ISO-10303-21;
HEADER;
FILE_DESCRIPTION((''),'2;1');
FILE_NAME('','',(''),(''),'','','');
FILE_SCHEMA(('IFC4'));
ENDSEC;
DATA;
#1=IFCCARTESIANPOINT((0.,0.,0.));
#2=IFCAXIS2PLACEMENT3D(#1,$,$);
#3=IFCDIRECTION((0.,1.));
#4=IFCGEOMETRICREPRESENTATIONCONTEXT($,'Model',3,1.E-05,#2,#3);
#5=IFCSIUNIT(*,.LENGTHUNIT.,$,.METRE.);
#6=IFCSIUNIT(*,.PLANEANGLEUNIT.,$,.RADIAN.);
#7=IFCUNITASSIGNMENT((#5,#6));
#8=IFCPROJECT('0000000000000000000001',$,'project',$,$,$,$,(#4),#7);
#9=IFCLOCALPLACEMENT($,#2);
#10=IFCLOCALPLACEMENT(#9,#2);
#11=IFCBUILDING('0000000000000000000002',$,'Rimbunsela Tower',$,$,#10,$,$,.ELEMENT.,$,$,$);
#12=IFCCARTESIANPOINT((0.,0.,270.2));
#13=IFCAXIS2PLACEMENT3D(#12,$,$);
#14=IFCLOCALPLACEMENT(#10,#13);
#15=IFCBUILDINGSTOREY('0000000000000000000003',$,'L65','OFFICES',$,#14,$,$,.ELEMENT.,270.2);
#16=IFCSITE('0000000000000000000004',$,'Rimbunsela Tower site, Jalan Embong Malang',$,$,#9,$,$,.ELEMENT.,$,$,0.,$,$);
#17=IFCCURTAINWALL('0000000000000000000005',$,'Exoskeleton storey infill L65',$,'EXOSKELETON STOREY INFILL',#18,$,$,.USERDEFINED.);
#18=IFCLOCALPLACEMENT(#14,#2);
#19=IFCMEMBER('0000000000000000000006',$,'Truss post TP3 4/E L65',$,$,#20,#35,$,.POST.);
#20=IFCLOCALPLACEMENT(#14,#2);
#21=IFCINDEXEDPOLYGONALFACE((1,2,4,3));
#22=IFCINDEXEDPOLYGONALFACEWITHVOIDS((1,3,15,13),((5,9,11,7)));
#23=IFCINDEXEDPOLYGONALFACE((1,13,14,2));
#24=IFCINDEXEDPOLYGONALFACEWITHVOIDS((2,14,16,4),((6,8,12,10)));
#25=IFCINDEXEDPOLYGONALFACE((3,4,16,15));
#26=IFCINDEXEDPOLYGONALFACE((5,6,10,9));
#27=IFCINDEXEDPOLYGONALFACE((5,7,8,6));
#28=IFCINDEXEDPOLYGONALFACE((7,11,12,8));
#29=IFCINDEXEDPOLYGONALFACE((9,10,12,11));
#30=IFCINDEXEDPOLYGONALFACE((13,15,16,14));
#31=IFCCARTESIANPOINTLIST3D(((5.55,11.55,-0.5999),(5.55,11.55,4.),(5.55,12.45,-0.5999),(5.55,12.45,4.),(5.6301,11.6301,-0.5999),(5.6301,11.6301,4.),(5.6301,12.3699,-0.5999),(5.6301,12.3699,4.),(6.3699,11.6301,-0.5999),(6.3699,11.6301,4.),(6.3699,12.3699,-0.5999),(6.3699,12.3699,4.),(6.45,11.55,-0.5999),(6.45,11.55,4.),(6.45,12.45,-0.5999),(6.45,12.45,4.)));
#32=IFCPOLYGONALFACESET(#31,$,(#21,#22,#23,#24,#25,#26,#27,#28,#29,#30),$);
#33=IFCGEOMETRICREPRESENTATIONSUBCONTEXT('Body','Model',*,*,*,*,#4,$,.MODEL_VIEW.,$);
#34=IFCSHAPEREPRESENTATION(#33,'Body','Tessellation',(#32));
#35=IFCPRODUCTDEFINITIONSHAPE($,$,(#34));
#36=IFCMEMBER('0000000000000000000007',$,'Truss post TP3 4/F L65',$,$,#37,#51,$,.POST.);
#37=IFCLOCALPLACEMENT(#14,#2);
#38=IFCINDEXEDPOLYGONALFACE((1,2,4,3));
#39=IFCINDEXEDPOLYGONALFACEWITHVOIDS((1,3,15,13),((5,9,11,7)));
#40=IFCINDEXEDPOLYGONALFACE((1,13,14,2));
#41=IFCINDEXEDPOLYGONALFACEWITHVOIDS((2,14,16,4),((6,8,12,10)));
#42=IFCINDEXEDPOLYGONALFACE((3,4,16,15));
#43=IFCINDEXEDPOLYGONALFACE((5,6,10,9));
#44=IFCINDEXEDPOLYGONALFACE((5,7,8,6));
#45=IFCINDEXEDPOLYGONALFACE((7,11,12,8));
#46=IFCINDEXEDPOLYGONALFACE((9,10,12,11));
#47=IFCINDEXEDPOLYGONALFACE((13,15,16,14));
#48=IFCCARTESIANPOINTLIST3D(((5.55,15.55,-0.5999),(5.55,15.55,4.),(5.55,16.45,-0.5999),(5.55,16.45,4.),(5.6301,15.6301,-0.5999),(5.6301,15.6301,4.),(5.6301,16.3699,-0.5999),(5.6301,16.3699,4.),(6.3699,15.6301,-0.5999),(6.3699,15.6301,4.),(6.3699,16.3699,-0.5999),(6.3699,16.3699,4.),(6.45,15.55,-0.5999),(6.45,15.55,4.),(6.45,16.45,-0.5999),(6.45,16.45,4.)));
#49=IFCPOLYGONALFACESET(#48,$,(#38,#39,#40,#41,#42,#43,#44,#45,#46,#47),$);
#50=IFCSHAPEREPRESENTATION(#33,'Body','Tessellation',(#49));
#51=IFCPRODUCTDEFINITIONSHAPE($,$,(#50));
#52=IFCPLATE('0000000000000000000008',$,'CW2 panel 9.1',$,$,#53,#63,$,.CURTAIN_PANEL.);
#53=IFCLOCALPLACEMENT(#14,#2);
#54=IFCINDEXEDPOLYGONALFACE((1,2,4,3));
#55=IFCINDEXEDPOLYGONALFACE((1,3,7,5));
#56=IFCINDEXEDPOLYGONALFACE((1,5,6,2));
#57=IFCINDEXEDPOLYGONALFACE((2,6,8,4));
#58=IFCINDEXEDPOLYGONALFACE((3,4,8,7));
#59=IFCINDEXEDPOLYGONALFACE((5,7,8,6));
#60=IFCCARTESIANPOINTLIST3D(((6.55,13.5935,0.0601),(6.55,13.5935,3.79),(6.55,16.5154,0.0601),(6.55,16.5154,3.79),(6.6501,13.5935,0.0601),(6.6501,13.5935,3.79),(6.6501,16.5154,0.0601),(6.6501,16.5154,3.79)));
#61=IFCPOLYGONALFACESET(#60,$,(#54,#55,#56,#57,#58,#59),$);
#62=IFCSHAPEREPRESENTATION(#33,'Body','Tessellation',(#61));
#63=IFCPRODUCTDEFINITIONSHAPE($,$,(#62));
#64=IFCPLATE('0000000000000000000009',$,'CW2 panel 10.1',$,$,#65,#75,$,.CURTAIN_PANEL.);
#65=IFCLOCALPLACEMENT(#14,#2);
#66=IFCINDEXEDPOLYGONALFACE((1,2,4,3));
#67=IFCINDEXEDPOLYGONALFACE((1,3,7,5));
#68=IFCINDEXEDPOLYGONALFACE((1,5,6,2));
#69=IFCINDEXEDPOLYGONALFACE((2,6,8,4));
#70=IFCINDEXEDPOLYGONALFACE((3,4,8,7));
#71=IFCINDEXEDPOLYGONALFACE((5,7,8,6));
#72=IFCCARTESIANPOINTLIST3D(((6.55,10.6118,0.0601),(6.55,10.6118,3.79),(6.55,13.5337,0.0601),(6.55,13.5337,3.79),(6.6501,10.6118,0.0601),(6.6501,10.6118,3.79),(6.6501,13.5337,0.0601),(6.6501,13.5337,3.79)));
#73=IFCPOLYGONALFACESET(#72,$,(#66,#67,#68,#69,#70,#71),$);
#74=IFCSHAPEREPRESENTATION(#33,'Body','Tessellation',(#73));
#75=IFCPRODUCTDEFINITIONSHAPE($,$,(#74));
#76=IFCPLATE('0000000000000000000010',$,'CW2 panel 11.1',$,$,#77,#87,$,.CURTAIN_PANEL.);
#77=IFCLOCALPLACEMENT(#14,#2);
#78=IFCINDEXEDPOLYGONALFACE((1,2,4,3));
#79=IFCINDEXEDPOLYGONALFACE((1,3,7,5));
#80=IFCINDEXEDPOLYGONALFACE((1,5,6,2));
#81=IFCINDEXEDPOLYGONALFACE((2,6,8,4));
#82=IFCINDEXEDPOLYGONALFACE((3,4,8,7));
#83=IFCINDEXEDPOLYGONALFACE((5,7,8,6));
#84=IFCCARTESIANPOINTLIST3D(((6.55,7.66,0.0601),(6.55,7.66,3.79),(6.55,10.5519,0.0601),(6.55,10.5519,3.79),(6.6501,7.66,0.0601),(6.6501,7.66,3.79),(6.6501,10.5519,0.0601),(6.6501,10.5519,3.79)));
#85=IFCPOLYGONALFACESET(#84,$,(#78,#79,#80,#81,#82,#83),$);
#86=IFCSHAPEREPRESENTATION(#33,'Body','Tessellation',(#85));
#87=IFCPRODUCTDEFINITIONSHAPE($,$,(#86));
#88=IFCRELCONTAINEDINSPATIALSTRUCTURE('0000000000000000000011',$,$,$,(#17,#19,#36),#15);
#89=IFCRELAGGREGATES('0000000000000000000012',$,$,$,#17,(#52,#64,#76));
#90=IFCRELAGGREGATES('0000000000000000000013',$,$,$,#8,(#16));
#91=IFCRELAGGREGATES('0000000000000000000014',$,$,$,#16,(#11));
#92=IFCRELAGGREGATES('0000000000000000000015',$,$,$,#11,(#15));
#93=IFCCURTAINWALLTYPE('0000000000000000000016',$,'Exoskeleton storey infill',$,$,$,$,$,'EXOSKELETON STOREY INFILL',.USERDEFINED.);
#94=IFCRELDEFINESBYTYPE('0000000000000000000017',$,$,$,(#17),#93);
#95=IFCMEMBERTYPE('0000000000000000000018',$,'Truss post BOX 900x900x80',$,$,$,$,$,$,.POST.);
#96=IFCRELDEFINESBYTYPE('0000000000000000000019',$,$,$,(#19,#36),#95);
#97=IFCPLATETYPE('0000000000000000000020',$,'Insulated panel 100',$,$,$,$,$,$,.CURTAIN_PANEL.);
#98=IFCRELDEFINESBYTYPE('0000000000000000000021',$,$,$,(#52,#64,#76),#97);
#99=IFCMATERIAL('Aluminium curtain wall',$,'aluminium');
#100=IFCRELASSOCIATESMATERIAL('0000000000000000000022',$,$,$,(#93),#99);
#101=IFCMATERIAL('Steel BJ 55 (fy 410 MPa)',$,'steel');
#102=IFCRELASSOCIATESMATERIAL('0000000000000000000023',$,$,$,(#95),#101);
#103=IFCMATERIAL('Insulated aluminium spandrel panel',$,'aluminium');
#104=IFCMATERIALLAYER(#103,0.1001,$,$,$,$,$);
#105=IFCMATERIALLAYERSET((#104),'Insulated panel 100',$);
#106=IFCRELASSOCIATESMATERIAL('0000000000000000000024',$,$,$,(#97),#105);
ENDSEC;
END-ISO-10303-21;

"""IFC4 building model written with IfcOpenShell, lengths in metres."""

from ifc_helpers import new_model, si_unit, direction, frame, origin, origin_2d, place, context, subcontext, project, spatial, rectangle, hollow_rectangle, extrude, material, layer, layer_set, material_profile, profile_set, type_object, element, aggregate, save


model = new_model("IFC4")

# Units and contexts
model_context = context("Model", 3, precision=1e-05, world=origin(), true_north=direction((0.0, 1.0)))
body_context = subcontext(model_context, "Body", "Model", "MODEL_VIEW")
ifc_project = project(units=[si_unit("LENGTHUNIT", "METRE"), si_unit("PLANEANGLEUNIT", "RADIAN")], contexts=[model_context])

# Site, building, storey
site_placement = place(None, origin())
site = spatial("IfcSite", under=ifc_project, at=site_placement, Name="Rimbunsela Tower site, Jalan Embong Malang", CompositionType="ELEMENT", RefElevation=0.0)
building_placement = place(site_placement, origin())
building = spatial("IfcBuilding", under=site, at=building_placement, Name="Rimbunsela Tower", CompositionType="ELEMENT")
storey_placement = place(building_placement, frame((0.0, 0.0, 270.2)))
storey = spatial("IfcBuildingStorey", under=building, at=storey_placement, Name="L65", Description="OFFICES", CompositionType="ELEMENT", Elevation=270.2)

# Curtain wall
ifc_material_1 = material(Name="Aluminium curtain wall", Category="aluminium")
curtain_wall_type = type_object("IfcCurtainWallType", Name="Exoskeleton storey infill", ElementType="EXOSKELETON STOREY INFILL", PredefinedType="USERDEFINED", material=ifc_material_1)
curtain_wall_placement = place(storey_placement, origin())
curtain_wall = element("IfcCurtainWall", 1, at=curtain_wall_placement, inside=storey, type_object=curtain_wall_type, Name="Exoskeleton storey infill L65", ObjectType="EXOSKELETON STOREY INFILL", PredefinedType="USERDEFINED")

# Members
ifc_material_2 = material(Name="Steel BJ 55 (fy 410 MPa)", Category="steel")
ifc_material_profile_1 = material_profile(ifc_material_2, hollow_rectangle(XDim=0.8999, YDim=0.8999, WallThickness=0.0801, at=origin_2d()), Name="BOX 900x900x80")
ifc_profile_set_1 = profile_set([ifc_material_profile_1], Name="Steel BJ 55 (fy 410 MPa)")
member_type_1 = type_object("IfcMemberType", Name="Truss post BOX 900x900x80", PredefinedType="POST", material=ifc_profile_set_1)
for number, where, z_axis, x_axis, name in (
    (2, (6.0, 12.0, -0.5999), (0.0, 0.0, 1.0), (1.0, 0.0, 0.0), "Truss post TP3 4/E L65"),
    (3, (6.0, 16.0, -0.5999), (0.0, 0.0, 1.0), (1.0, 0.0, 0.0), "Truss post TP3 4/F L65"),
):
    element("IfcMember", number, at=place(storey_placement, frame(where, z_axis=z_axis, x_axis=x_axis)), inside=storey, type_object=member_type_1, Name=name, PredefinedType="POST", context=body_context, shape_type="SweptSolid", body=[
        extrude(hollow_rectangle(XDim=0.8999, YDim=0.8999, WallThickness=0.0801, at=origin_2d()), origin(), (0.0, 0.0, 1.0), 4.5999),
    ])

# Plates
ifc_material_3 = material(Name="Insulated aluminium spandrel panel", Category="aluminium")
ifc_layer = layer(ifc_material_3, 0.1001)
ifc_layer_set = layer_set([ifc_layer], Name="Insulated panel 100")
plate_type = type_object("IfcPlateType", Name="Insulated panel 100", PredefinedType="CURTAIN_PANEL", material=ifc_layer_set)
plate_1_placement = place(storey_placement, frame((6.6001, 15.0544, 0.0601), z_axis=(0.0, 0.0, 1.0), x_axis=(0.0, -1.0, 0.0)))
plate_1 = element("IfcPlate", 4, at=plate_1_placement, type_object=plate_type, Name="CW2 panel 9.1", PredefinedType="CURTAIN_PANEL", context=body_context, shape_type="SweptSolid", body=[
    extrude(rectangle(XDim=2.9219, YDim=0.1001, at=origin_2d()), origin(), (0.0, 0.0, 1.0), 3.73),
])
plate_2_placement = place(storey_placement, frame((6.6001, 12.0728, 0.0601), z_axis=(0.0, 0.0, 1.0), x_axis=(0.0, -1.0, 0.0)))
plate_2 = element("IfcPlate", 5, at=plate_2_placement, type_object=plate_type, Name="CW2 panel 10.1", PredefinedType="CURTAIN_PANEL", context=body_context, shape_type="SweptSolid", body=[
    extrude(rectangle(XDim=2.9219, YDim=0.1001, at=origin_2d()), origin(), (0.0, 0.0, 1.0), 3.73),
])
plate_3_placement = place(storey_placement, frame((6.6001, 9.106, 0.0601), z_axis=(0.0, 0.0, 1.0), x_axis=(0.0, -1.0, 0.0)))
plate_3 = element("IfcPlate", 6, at=plate_3_placement, type_object=plate_type, Name="CW2 panel 11.1", PredefinedType="CURTAIN_PANEL", context=body_context, shape_type="SweptSolid", body=[
    extrude(rectangle(XDim=2.8918, YDim=0.1001, at=origin_2d()), origin(), (0.0, 0.0, 1.0), 3.73),
])
aggregate(curtain_wall, [plate_1, plate_2, plate_3])

save(model, "model.ifc")
